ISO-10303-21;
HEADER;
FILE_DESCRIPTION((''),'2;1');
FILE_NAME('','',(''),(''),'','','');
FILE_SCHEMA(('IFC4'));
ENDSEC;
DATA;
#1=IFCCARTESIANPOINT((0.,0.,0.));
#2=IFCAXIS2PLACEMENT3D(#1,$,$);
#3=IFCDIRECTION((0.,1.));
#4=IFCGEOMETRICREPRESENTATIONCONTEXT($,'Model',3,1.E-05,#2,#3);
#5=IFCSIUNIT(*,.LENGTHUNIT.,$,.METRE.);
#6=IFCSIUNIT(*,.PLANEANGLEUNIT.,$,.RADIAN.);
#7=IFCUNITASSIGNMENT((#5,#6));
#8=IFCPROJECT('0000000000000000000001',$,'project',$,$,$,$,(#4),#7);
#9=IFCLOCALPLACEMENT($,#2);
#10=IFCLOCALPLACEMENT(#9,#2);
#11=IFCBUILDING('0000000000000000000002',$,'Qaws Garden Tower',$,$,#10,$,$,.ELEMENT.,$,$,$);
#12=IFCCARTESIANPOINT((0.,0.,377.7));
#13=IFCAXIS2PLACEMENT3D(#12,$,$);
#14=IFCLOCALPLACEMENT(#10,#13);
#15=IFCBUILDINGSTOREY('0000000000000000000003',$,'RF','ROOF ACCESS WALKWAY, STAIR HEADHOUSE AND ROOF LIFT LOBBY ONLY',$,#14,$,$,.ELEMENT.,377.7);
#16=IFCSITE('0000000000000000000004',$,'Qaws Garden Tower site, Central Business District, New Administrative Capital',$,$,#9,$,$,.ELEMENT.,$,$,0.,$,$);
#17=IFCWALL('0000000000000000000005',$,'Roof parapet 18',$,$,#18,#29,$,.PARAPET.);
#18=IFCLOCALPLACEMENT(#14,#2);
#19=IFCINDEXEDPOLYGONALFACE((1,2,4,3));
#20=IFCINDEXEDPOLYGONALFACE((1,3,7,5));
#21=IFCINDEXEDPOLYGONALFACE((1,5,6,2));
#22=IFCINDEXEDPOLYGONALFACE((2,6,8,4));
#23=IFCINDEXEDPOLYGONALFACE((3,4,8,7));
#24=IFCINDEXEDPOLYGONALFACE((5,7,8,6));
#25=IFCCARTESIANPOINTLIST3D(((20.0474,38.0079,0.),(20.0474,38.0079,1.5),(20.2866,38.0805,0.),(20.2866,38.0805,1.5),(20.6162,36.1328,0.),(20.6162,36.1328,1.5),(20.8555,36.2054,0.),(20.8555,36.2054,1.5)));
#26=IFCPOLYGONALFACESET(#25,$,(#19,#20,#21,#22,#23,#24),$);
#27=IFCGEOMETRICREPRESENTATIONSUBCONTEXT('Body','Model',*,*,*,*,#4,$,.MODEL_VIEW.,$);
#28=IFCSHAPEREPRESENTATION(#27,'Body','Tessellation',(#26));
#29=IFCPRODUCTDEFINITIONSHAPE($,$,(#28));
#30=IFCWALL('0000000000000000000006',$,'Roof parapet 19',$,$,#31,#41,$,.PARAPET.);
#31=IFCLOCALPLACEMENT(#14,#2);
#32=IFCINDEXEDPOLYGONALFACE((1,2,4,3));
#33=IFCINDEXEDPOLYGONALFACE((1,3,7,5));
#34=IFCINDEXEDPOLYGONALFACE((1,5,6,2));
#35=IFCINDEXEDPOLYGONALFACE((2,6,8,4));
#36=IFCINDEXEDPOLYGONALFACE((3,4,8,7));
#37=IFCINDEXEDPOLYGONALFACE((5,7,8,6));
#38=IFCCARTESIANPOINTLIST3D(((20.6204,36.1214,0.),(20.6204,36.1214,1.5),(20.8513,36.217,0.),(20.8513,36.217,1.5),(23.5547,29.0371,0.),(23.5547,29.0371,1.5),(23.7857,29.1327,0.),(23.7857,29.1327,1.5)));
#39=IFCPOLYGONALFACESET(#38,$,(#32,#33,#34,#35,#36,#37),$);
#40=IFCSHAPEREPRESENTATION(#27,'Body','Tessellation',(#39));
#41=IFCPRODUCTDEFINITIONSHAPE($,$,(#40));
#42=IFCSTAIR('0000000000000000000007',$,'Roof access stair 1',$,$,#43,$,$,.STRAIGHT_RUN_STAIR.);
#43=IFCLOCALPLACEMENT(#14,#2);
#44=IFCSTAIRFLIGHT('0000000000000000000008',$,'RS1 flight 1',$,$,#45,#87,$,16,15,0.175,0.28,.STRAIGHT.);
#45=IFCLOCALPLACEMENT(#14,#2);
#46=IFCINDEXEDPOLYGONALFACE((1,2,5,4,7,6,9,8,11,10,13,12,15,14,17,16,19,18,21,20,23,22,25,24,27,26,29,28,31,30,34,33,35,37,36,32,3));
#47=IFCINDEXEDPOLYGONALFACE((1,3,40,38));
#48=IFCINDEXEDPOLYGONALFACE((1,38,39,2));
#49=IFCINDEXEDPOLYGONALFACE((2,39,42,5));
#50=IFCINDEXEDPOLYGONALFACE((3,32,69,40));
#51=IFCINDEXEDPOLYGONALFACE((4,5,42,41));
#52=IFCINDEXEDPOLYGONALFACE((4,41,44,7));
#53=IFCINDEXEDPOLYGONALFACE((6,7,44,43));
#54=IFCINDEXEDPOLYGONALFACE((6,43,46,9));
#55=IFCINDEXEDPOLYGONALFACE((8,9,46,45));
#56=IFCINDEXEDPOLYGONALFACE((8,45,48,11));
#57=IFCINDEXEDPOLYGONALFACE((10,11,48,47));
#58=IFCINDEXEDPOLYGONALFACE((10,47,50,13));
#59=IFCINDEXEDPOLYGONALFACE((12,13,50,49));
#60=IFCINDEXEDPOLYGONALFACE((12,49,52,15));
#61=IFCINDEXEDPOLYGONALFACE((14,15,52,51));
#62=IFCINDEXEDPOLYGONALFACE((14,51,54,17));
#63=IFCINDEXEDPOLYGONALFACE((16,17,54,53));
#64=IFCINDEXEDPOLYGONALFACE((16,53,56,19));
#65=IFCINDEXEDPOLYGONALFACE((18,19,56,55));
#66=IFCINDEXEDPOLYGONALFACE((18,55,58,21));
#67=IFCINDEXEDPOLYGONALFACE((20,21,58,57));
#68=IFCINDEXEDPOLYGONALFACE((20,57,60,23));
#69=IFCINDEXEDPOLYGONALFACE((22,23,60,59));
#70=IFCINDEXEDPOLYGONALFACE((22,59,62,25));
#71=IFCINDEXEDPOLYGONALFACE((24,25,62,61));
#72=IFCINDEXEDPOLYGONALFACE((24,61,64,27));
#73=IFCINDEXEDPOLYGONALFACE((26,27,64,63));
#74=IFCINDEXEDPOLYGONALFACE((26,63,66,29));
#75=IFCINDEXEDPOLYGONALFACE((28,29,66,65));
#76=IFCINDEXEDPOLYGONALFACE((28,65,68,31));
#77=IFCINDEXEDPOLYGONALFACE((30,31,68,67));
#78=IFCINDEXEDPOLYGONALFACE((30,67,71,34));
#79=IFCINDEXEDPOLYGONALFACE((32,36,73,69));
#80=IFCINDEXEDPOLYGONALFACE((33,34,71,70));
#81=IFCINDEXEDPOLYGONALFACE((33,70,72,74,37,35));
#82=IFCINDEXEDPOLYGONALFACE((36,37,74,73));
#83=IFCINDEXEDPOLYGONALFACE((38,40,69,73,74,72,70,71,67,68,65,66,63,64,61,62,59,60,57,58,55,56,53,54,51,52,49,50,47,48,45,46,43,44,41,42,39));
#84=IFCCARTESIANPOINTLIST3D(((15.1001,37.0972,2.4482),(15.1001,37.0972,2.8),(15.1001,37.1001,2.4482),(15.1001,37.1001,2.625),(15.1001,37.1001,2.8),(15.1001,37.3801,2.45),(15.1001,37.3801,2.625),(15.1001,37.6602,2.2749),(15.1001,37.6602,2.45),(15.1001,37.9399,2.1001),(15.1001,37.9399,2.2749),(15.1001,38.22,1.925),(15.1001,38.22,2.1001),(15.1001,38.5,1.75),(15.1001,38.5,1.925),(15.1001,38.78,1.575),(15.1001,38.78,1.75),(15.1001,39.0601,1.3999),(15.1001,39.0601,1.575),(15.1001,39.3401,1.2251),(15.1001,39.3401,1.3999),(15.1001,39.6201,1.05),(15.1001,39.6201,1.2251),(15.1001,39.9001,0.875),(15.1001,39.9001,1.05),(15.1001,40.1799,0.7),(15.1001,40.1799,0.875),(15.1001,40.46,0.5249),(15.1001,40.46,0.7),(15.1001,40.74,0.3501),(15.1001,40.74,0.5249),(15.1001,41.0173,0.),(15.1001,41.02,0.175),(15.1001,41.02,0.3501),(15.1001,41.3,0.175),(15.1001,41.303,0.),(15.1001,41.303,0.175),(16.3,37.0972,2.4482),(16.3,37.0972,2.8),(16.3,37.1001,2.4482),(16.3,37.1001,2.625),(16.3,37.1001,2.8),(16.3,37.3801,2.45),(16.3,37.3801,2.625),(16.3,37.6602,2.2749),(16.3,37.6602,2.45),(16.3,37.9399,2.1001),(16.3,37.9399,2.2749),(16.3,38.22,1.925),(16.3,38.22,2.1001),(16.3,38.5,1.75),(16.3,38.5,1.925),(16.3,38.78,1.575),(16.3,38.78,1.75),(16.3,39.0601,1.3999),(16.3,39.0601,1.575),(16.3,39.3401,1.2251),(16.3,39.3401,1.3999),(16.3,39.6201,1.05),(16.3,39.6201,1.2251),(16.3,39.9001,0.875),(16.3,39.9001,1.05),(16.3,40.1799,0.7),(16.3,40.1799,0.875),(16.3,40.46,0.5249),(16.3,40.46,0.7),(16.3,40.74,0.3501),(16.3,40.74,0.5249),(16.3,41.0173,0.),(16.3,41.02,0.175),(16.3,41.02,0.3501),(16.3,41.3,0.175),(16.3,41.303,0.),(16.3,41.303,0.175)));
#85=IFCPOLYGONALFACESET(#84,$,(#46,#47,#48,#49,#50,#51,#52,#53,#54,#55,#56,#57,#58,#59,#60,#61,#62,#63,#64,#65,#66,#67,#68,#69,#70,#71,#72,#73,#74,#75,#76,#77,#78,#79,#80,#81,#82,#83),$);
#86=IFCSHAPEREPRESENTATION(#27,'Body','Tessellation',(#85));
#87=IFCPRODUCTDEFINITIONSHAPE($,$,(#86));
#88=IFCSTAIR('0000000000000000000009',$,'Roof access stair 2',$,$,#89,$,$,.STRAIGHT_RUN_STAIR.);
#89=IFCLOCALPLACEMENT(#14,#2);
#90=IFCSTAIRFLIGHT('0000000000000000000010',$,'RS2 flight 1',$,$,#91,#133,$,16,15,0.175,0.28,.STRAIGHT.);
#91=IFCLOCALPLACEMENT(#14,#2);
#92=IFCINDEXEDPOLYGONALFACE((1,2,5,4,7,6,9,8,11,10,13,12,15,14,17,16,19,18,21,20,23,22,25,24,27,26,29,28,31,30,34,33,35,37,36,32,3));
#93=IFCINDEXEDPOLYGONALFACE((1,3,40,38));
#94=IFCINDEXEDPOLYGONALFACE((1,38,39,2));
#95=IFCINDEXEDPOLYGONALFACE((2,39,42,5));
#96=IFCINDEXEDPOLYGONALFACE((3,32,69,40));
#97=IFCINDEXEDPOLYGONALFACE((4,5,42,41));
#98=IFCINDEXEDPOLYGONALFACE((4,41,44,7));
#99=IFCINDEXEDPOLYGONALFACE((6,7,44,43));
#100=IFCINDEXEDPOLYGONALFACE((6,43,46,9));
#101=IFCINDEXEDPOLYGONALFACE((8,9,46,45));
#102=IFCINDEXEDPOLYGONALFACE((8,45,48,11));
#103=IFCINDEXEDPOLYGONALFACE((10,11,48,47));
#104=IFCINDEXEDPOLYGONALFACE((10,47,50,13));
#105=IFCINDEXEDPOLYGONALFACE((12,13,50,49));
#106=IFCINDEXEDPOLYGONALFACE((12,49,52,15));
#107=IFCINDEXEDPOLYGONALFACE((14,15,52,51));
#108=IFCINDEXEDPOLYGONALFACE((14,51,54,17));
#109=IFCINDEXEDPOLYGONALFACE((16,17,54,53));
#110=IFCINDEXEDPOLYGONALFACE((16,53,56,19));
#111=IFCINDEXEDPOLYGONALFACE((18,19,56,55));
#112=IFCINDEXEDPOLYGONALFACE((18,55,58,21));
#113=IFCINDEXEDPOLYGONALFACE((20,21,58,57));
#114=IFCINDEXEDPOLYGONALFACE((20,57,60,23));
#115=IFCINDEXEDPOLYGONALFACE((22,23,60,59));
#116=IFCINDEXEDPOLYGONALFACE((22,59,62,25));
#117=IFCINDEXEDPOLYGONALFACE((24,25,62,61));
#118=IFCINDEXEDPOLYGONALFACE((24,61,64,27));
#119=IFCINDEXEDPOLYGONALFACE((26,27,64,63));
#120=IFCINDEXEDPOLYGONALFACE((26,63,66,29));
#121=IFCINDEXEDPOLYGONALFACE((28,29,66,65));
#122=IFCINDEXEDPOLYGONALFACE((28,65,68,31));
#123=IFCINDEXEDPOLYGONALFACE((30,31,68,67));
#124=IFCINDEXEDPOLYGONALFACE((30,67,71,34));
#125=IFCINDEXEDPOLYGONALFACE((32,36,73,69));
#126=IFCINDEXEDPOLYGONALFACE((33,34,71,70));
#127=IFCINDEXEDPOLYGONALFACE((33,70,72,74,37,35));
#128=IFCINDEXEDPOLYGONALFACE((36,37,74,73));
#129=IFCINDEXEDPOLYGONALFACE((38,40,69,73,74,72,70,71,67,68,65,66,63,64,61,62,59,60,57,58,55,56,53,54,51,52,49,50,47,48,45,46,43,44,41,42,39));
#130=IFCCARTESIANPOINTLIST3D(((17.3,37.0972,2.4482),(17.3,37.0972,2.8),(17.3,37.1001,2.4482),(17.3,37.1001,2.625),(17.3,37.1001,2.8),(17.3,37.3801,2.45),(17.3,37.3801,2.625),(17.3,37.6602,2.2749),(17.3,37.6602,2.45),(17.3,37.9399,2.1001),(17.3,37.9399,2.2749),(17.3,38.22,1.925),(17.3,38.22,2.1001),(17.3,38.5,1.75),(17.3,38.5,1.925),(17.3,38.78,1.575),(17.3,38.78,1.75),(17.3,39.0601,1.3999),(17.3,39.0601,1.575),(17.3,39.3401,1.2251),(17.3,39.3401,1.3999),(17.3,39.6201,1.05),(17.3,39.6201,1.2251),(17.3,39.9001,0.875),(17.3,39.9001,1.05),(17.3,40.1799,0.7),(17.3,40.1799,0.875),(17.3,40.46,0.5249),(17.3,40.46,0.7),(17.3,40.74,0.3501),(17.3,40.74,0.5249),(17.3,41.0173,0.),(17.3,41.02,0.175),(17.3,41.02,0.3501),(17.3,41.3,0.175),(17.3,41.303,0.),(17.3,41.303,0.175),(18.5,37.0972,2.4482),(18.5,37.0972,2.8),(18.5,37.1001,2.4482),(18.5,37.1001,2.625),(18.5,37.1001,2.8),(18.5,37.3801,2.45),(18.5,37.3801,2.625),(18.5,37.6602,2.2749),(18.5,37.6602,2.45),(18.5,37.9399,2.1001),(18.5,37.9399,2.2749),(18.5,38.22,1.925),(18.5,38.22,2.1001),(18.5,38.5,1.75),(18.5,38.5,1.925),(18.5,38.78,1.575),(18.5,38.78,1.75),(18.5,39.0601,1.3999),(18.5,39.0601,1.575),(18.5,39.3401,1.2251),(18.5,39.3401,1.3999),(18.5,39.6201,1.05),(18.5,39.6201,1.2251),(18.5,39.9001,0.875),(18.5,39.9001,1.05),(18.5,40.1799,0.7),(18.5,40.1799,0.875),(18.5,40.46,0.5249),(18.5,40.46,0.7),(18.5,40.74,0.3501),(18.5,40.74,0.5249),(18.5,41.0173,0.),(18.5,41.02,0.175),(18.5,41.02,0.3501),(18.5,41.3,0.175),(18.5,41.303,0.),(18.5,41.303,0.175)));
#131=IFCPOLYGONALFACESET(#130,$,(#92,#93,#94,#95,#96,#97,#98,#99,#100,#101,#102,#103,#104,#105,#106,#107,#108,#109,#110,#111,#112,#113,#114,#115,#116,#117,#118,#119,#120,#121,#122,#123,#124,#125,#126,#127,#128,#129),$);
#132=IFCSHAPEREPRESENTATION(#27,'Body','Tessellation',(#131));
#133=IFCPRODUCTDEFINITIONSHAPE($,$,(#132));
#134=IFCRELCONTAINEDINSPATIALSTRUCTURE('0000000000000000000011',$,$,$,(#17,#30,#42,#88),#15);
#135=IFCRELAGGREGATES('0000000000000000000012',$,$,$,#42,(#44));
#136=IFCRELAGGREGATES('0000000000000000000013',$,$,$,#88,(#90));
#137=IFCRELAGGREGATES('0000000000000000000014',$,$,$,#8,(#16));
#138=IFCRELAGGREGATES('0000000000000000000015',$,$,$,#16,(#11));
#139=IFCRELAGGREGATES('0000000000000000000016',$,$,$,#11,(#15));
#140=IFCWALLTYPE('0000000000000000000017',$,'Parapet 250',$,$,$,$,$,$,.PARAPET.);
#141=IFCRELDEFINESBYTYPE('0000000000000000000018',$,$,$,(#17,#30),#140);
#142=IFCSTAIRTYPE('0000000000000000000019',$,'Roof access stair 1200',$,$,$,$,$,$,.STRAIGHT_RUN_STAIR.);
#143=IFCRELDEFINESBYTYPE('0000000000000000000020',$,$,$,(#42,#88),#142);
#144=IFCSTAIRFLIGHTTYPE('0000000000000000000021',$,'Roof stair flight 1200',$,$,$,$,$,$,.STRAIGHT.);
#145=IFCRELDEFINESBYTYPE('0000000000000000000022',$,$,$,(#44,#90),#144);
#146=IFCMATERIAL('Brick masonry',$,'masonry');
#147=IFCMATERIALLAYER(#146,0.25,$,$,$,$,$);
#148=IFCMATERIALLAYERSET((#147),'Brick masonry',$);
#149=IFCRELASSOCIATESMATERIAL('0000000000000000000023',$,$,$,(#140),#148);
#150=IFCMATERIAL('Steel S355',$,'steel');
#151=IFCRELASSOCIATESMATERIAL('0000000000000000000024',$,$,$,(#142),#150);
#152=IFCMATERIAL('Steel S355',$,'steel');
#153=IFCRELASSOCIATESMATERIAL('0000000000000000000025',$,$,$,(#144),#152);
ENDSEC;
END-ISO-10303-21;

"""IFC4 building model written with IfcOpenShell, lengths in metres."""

from ifc_helpers import new_model, si_unit, direction, frame, frame_2d, origin, place, context, subcontext, project, spatial, polyline, rectangle, outline, extrude, material, layer, layer_set, type_object, element, aggregate, save


model = new_model("IFC4")

# Units and contexts
model_context = context("Model", 3, precision=1e-05, world=origin(), true_north=direction((0.0, 1.0)))
body_context = subcontext(model_context, "Body", "Model", "MODEL_VIEW")
ifc_project = project(units=[si_unit("LENGTHUNIT", "METRE"), si_unit("PLANEANGLEUNIT", "RADIAN")], contexts=[model_context])

# Site, building, storey
site_placement = place(None, origin())
site = spatial("IfcSite", under=ifc_project, at=site_placement, Name="Qaws Garden Tower site, Central Business District, New Administrative Capital", CompositionType="ELEMENT", RefElevation=0.0)
building_placement = place(site_placement, origin())
building = spatial("IfcBuilding", under=site, at=building_placement, Name="Qaws Garden Tower", CompositionType="ELEMENT")
storey_placement = place(building_placement, frame((0.0, 0.0, 377.7)))
storey = spatial("IfcBuildingStorey", under=building, at=storey_placement, Name="RF", Description="ROOF ACCESS WALKWAY, STAIR HEADHOUSE AND ROOF LIFT LOBBY ONLY", CompositionType="ELEMENT", Elevation=377.7)

# Walls
ifc_material_1 = material(Name="Brick masonry", Category="masonry")
ifc_layer_1 = layer(ifc_material_1, 0.25)
ifc_layer_set_1 = layer_set([ifc_layer_1], Name="Brick masonry")
wall_type_1 = type_object("IfcWallType", Name="Parapet 250", PredefinedType="PARAPET", material=ifc_layer_set_1)
wall_1_placement = place(storey_placement, frame((20.167, 38.0442, 0.0), z_axis=(0.0, 0.0, 1.0), x_axis=(0.290319, -0.95693, 0.0)))
element("IfcWall", 1, at=wall_1_placement, inside=storey, type_object=wall_type_1, Name="Roof parapet 18", PredefinedType="PARAPET", context=body_context, shape_type="SweptSolid", body=[
    extrude(rectangle(XDim=1.9595, YDim=0.25, at=frame_2d((0.9797, 0.0))), origin(), (0.0, 0.0, 1.0), 1.5),
])
wall_2_placement = place(storey_placement, frame((20.7358, 36.1692, 0.0), z_axis=(0.0, 0.0, 1.0), x_axis=(0.382677, -0.923882, 0.0)))
element("IfcWall", 2, at=wall_2_placement, inside=storey, type_object=wall_type_1, Name="Roof parapet 19", PredefinedType="PARAPET", context=body_context, shape_type="SweptSolid", body=[
    extrude(rectangle(XDim=7.668, YDim=0.25, at=frame_2d((3.834, 0.0))), origin(), (0.0, 0.0, 1.0), 1.5),
])

# Stairs, stair flights
ifc_material_2 = material(Name="Steel S355", Category="steel")
stair_type = type_object("IfcStairType", Name="Roof access stair 1200", PredefinedType="STRAIGHT_RUN_STAIR", material=ifc_material_2)
placement = place(storey_placement, origin())
stair_1 = element("IfcStair", 3, at=placement, inside=storey, type_object=stair_type, Name="Roof access stair 1", PredefinedType="STRAIGHT_RUN_STAIR")
ifc_material_3 = material(Name="Steel S355", Category="steel")
stair_flight_type = type_object("IfcStairFlightType", Name="Roof stair flight 1200", PredefinedType="STRAIGHT", material=ifc_material_3)
stair_flight_1_placement = place(storey_placement, frame((15.7, 41.3, 0.0), z_axis=(0.0, 0.0, 1.0), x_axis=(0.0, -1.0, 0.0)))
stair_flight_1 = element("IfcStairFlight", 4, at=stair_flight_1_placement, type_object=stair_flight_type, Name="RS1 flight 1", NumberOfRisers=16, NumberOfTreads=15, PredefinedType="STRAIGHT", RiserHeight=0.175, TreadLength=0.28, context=body_context, shape_type="SweptSolid", body=[
    extrude(outline(polyline([(-0.0029, 0.0), (-0.0029, 0.175), (0.0, 0.175), (0.28, 0.175), (0.28, 0.3501), (0.5601, 0.3501), (0.5601, 0.5249), (0.8401, 0.5249), (0.8401, 0.7), (1.1201, 0.7), (1.1201, 0.875), (1.3999, 0.875), (1.3999, 1.05), (1.6799, 1.05), (1.6799, 1.2251), (1.96, 1.2251), (1.96, 1.3999), (2.24, 1.3999), (2.24, 1.575), (2.52, 1.575), (2.52, 1.75), (2.8, 1.75), (2.8, 1.925), (3.0801, 1.925), (3.0801, 2.1001), (3.3601, 2.1001), (3.3601, 2.2749), (3.6399, 2.2749), (3.6399, 2.45), (3.9199, 2.45), (3.9199, 2.625), (4.2, 2.625), (4.2, 2.8), (4.2029, 2.8), (4.2029, 2.4482), (4.2, 2.4482), (0.2827, 0.0), (-0.0029, 0.0)])), frame((0.0, 0.6001, 0.0), z_axis=(0.0, -1.0, 0.0), x_axis=(1.0, 0.0, 0.0)), (0.0, 0.0, 1.0), 1.2),
])
aggregate(stair_1, [stair_flight_1])
stair_2 = element("IfcStair", 5, at=placement, inside=storey, type_object=stair_type, Name="Roof access stair 2", PredefinedType="STRAIGHT_RUN_STAIR")
stair_flight_2_placement = place(storey_placement, frame((17.8999, 41.3, 0.0), z_axis=(0.0, 0.0, 1.0), x_axis=(0.0, -1.0, 0.0)))
stair_flight_2 = element("IfcStairFlight", 6, at=stair_flight_2_placement, type_object=stair_flight_type, Name="RS2 flight 1", NumberOfRisers=16, NumberOfTreads=15, PredefinedType="STRAIGHT", RiserHeight=0.175, TreadLength=0.28, context=body_context, shape_type="SweptSolid", body=[
    extrude(outline(polyline([(-0.0029, 0.0), (-0.0029, 0.175), (0.0, 0.175), (0.28, 0.175), (0.28, 0.3501), (0.5601, 0.3501), (0.5601, 0.5249), (0.8401, 0.5249), (0.8401, 0.7), (1.1201, 0.7), (1.1201, 0.875), (1.3999, 0.875), (1.3999, 1.05), (1.6799, 1.05), (1.6799, 1.2251), (1.96, 1.2251), (1.96, 1.3999), (2.24, 1.3999), (2.24, 1.575), (2.52, 1.575), (2.52, 1.75), (2.8, 1.75), (2.8, 1.925), (3.0801, 1.925), (3.0801, 2.1001), (3.3601, 2.1001), (3.3601, 2.2749), (3.6399, 2.2749), (3.6399, 2.45), (3.9199, 2.45), (3.9199, 2.625), (4.2, 2.625), (4.2, 2.8), (4.2029, 2.8), (4.2029, 2.4482), (4.2, 2.4482), (0.2827, 0.0), (-0.0029, 0.0)])), frame((0.0, 0.6001, 0.0), z_axis=(0.0, -1.0, 0.0), x_axis=(1.0, 0.0, 0.0)), (0.0, 0.0, 1.0), 1.2),
])
aggregate(stair_2, [stair_flight_2])

save(model, "model.ifc")
